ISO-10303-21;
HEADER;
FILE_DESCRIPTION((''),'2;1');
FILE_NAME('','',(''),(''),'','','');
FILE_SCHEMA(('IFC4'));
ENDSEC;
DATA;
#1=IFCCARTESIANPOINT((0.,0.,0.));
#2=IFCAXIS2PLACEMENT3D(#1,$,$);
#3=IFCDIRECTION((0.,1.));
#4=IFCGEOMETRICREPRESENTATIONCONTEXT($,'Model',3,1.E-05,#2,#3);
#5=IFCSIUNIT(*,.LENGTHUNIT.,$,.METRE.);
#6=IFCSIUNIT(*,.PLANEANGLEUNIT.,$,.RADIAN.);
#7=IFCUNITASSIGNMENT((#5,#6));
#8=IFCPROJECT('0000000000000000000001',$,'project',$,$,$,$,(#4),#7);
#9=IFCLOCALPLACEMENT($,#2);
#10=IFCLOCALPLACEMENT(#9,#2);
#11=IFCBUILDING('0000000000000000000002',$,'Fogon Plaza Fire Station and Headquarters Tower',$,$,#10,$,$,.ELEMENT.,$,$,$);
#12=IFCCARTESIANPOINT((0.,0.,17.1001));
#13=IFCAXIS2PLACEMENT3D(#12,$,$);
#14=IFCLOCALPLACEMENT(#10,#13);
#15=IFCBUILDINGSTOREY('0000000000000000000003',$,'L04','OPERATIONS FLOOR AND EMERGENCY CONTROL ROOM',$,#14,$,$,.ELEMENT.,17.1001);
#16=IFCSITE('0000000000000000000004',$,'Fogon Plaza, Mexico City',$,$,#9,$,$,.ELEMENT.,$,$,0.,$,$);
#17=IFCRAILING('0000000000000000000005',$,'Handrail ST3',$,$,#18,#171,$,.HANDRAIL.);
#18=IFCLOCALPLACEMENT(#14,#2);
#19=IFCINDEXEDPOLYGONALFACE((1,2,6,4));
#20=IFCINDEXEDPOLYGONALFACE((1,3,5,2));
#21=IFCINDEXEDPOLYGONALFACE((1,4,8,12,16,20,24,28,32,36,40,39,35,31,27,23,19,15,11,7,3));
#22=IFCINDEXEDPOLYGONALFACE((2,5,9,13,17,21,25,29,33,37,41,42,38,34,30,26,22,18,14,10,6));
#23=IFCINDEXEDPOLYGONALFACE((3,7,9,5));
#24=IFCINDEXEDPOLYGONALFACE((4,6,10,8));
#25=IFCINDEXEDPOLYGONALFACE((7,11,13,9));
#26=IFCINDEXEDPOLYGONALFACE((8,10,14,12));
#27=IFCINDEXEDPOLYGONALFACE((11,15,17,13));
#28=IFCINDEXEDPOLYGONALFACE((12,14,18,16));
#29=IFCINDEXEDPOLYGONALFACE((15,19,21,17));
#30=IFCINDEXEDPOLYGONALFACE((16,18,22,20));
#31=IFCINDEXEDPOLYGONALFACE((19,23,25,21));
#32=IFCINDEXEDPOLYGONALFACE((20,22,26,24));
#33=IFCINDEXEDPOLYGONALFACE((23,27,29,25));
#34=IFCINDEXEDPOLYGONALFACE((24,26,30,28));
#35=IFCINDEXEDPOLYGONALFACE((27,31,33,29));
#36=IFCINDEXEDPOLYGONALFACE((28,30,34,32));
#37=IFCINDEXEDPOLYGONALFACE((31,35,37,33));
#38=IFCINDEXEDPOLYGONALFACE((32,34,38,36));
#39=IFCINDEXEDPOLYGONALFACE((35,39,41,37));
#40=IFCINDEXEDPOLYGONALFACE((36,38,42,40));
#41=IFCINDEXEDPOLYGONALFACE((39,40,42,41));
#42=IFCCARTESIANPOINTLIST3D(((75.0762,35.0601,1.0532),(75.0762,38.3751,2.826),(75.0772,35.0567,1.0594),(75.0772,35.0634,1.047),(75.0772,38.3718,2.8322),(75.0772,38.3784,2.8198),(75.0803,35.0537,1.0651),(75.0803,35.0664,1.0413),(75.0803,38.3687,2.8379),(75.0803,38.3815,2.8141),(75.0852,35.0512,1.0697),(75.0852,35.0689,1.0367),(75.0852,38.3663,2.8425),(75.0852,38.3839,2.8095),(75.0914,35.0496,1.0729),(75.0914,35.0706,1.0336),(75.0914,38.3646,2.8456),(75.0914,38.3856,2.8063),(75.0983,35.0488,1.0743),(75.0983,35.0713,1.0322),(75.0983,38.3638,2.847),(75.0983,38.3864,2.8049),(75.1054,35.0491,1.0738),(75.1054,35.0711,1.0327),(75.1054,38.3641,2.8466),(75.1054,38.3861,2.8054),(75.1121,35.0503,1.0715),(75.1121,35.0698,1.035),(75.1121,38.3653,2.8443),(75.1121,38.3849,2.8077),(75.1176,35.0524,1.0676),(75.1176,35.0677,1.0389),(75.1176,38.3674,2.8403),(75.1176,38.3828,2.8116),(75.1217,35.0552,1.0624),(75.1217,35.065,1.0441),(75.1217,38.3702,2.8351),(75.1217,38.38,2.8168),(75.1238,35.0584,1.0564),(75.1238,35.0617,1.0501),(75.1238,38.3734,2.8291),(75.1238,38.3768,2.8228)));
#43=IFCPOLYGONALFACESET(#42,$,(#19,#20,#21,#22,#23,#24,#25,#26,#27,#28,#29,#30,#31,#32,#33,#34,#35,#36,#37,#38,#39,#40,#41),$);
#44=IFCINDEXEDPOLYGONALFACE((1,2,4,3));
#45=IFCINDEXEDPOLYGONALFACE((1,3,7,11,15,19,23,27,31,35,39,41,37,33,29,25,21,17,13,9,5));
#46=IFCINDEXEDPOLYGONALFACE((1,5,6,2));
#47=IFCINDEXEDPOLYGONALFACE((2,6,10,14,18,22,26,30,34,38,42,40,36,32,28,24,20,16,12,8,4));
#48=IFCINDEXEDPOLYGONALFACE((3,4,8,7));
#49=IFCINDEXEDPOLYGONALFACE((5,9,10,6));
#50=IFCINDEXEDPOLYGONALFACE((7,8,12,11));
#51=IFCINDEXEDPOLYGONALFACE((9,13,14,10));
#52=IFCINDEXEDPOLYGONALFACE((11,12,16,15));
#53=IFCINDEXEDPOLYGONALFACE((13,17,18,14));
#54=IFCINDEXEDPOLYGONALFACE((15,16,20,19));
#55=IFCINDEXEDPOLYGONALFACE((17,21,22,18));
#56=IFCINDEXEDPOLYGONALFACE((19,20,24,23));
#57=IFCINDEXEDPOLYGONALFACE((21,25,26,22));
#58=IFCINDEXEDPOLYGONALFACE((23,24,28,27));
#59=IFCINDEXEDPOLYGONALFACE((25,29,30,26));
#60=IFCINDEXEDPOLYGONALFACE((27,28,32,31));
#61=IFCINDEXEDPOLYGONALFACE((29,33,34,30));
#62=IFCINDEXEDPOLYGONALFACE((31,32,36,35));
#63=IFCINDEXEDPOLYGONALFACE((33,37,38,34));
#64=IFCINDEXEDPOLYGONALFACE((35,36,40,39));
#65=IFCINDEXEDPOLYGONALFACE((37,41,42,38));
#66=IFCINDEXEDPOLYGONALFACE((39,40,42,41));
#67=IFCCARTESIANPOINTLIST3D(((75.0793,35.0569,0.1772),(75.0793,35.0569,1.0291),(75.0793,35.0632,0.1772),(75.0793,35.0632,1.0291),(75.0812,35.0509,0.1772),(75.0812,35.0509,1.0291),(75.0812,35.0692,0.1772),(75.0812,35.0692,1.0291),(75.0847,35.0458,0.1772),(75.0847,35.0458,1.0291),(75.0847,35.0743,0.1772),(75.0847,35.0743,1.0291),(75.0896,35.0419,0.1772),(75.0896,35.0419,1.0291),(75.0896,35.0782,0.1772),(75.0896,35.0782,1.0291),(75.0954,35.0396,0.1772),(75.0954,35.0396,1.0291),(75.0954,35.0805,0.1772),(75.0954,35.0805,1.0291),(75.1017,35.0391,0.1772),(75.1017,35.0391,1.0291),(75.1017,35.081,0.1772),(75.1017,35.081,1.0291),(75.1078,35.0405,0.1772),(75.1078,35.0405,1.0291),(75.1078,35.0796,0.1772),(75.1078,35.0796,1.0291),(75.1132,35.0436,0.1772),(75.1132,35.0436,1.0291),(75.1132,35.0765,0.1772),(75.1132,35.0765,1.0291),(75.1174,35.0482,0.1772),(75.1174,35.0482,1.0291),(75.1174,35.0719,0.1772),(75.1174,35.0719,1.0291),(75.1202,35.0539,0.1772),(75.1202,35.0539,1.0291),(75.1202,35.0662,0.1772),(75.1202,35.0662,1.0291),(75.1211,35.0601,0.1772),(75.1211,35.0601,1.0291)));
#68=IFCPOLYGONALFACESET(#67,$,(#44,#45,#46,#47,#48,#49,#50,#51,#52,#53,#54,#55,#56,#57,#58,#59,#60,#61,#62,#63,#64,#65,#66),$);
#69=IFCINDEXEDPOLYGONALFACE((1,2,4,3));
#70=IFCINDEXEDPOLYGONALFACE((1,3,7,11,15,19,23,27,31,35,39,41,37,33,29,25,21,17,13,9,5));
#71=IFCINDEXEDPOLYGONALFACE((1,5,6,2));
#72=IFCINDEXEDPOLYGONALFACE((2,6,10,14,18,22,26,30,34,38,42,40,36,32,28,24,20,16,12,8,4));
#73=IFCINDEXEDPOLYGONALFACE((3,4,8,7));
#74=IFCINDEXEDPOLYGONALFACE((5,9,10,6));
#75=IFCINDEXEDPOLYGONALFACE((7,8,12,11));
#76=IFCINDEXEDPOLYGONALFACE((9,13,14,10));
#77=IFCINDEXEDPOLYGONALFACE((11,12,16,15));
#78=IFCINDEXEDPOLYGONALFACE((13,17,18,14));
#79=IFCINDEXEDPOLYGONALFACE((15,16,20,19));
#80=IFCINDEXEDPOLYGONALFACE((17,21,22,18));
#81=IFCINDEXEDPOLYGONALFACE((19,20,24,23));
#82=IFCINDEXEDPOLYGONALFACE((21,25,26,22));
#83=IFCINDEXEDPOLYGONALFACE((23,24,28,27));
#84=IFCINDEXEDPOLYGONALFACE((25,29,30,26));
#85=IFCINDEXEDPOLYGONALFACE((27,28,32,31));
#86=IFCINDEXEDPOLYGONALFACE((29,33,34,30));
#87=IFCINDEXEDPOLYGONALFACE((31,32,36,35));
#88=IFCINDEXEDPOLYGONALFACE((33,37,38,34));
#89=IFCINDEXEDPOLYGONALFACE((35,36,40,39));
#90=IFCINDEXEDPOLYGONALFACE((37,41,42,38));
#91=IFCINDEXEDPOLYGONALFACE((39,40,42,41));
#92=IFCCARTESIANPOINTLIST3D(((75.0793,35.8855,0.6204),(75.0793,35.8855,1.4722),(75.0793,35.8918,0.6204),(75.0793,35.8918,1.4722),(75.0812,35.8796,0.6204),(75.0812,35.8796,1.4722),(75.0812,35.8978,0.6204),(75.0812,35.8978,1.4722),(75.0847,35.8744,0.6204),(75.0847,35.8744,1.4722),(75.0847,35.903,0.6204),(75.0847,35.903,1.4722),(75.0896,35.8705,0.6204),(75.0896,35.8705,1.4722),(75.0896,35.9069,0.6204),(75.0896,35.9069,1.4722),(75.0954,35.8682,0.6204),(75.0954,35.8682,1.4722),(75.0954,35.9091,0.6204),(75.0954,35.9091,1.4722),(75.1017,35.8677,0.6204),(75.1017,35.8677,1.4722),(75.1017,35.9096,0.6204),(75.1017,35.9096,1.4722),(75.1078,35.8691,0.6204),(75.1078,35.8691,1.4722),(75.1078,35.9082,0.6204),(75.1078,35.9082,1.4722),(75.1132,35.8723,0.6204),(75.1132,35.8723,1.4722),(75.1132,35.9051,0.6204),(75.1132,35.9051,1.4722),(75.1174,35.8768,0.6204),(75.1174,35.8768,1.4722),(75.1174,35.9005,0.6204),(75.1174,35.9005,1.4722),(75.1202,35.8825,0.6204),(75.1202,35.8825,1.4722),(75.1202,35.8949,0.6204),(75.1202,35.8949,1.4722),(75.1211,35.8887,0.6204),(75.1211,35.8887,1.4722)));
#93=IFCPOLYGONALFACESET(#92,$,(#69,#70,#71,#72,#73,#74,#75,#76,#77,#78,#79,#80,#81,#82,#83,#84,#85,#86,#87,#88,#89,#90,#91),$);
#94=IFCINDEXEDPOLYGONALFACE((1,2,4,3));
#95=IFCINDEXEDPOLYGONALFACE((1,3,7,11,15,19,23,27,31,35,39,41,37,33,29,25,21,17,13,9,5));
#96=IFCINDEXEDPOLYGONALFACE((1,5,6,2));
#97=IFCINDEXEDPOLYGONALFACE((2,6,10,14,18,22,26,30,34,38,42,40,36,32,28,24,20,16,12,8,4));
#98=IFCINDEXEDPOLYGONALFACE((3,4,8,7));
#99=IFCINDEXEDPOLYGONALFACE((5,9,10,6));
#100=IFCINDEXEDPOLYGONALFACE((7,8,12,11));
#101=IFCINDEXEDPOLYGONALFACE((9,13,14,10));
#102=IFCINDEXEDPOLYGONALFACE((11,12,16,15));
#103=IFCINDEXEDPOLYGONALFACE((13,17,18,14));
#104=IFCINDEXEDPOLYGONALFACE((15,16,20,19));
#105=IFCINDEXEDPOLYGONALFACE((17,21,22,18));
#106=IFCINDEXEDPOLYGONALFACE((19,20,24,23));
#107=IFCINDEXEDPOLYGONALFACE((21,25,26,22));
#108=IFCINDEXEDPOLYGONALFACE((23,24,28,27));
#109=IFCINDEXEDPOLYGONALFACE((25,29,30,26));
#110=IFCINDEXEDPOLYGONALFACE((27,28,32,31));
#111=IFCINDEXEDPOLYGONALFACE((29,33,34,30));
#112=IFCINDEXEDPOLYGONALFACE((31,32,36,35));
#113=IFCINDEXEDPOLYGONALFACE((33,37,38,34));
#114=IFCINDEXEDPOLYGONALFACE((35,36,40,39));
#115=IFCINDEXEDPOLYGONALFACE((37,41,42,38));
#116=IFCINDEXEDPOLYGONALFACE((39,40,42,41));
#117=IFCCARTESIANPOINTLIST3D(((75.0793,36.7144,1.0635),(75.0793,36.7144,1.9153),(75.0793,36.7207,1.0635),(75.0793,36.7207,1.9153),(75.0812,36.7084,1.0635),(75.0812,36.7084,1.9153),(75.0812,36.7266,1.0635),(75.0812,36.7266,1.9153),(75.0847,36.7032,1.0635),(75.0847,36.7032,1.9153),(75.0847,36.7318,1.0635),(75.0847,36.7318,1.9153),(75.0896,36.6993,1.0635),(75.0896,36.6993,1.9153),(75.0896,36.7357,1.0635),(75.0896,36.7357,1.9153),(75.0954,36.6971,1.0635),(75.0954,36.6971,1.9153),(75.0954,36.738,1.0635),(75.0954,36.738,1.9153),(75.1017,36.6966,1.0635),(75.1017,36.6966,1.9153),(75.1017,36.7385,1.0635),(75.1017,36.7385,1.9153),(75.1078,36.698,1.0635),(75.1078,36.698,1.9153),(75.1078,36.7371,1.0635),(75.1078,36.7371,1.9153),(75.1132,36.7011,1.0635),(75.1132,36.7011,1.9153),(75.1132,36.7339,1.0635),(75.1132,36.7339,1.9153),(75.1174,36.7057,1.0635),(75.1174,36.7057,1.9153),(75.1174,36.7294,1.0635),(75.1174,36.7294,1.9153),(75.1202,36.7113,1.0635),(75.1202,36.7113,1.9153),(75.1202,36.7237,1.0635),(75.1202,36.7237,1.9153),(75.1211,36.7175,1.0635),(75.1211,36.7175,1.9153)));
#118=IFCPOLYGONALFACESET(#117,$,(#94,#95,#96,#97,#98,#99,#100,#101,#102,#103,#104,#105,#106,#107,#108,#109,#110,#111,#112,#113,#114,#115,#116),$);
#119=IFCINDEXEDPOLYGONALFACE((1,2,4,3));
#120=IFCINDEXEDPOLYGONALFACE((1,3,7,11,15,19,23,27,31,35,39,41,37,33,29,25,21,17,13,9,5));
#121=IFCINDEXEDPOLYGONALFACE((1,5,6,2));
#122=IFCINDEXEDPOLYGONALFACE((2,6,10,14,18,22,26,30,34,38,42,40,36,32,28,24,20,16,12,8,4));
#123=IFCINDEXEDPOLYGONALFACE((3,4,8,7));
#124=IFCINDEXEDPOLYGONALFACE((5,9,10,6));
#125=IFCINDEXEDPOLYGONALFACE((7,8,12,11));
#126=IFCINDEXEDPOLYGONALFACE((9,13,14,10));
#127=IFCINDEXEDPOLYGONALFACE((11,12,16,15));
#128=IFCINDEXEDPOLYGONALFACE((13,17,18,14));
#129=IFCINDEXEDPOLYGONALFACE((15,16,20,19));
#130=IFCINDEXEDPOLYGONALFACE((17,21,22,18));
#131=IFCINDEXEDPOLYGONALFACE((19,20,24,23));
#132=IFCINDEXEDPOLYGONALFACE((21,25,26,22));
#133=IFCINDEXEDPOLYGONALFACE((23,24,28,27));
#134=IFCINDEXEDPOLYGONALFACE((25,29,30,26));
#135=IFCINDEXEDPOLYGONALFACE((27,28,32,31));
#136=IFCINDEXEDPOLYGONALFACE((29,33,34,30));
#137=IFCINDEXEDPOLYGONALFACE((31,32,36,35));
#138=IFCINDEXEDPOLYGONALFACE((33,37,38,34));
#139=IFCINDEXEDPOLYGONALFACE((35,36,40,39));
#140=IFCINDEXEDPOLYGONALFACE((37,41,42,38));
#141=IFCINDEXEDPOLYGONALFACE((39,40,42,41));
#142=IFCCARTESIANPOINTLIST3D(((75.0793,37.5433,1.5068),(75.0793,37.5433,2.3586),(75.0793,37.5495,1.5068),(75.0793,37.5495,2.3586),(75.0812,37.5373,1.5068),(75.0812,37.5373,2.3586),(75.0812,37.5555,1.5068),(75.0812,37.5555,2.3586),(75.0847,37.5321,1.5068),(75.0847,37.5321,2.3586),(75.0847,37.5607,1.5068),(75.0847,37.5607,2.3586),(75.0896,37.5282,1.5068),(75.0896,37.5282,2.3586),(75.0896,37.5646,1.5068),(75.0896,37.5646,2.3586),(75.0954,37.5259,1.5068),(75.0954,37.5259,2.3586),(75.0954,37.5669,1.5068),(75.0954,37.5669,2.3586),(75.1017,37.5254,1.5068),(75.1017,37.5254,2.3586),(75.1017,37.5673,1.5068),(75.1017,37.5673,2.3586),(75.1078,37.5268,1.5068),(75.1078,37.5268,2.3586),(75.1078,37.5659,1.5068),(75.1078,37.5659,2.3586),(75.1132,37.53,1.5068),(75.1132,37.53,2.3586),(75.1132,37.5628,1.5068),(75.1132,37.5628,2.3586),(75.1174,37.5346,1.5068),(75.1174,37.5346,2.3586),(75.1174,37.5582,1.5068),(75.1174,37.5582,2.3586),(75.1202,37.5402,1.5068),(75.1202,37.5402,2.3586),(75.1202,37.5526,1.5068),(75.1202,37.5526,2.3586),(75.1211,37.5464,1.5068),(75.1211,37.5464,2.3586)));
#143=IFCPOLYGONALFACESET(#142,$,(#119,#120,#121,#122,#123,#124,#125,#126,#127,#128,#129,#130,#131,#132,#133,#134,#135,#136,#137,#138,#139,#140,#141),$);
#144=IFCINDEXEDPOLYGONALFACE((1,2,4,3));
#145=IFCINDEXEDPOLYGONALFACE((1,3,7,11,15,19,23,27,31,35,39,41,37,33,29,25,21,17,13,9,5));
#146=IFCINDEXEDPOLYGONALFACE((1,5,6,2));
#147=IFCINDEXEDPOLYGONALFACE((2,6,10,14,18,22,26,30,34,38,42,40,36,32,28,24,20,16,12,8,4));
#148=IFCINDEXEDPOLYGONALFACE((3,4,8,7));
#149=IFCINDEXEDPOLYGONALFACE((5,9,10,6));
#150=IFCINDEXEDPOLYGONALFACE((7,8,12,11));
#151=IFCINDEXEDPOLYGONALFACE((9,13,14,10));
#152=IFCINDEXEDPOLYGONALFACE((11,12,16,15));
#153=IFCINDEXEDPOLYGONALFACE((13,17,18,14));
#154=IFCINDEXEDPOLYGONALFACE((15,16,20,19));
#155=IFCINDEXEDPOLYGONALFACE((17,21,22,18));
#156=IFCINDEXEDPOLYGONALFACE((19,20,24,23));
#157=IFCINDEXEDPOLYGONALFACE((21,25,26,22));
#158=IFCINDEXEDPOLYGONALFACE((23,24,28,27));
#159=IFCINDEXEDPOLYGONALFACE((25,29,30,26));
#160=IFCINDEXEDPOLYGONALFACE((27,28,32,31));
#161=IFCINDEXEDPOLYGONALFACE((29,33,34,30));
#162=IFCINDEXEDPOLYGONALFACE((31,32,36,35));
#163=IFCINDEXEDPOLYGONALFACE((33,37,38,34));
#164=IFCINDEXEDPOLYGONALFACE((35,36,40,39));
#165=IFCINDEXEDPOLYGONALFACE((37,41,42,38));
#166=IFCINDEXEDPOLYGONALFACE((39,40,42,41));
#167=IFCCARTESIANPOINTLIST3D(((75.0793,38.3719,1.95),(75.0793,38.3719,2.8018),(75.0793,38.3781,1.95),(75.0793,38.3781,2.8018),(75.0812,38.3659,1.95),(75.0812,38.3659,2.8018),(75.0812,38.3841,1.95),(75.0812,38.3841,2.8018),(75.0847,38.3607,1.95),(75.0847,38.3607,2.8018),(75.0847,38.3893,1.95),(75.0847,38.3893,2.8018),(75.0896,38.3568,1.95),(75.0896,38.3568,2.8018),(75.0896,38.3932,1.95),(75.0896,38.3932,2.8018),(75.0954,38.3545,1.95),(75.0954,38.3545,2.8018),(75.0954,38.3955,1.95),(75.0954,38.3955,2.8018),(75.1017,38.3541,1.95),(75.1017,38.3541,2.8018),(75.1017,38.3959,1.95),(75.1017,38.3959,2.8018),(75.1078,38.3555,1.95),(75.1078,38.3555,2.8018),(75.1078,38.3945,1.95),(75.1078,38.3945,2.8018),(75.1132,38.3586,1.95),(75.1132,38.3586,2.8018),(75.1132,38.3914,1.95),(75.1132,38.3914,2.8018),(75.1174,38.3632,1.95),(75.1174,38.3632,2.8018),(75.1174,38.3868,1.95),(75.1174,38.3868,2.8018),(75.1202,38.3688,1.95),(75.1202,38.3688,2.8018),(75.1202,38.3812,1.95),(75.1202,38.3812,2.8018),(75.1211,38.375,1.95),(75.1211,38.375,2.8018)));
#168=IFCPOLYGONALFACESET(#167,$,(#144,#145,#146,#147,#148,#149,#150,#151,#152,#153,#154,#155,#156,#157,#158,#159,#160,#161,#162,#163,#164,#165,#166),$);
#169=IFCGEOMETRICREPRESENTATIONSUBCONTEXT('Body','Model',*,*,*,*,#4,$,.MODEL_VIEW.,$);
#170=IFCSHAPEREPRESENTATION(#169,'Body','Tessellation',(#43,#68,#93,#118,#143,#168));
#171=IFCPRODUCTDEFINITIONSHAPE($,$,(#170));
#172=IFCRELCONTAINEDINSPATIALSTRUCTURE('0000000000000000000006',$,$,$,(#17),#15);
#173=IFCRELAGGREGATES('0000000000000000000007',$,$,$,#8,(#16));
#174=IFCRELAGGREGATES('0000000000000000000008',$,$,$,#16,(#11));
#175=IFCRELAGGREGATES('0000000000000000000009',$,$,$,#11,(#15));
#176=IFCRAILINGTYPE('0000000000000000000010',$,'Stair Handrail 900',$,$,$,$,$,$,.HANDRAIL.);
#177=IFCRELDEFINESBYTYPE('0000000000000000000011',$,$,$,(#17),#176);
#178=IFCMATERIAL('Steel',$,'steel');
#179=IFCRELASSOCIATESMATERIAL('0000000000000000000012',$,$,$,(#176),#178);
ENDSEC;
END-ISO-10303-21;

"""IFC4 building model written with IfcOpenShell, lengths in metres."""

from ifc_helpers import new_model, si_unit, direction, frame, origin, origin_2d, place, context, subcontext, project, spatial, circle, extrude, material, type_object, element, save


model = new_model("IFC4")

# Units and contexts
model_context = context("Model", 3, precision=1e-05, world=origin(), true_north=direction((0.0, 1.0)))
body_context = subcontext(model_context, "Body", "Model", "MODEL_VIEW")
ifc_project = project(units=[si_unit("LENGTHUNIT", "METRE"), si_unit("PLANEANGLEUNIT", "RADIAN")], contexts=[model_context])

# Site, building, storey
site_placement = place(None, origin())
site = spatial("IfcSite", under=ifc_project, at=site_placement, Name="Fogon Plaza, Mexico City", CompositionType="ELEMENT", RefElevation=0.0)
building_placement = place(site_placement, origin())
building = spatial("IfcBuilding", under=site, at=building_placement, Name="Fogon Plaza Fire Station and Headquarters Tower", CompositionType="ELEMENT")
storey_placement = place(building_placement, frame((0.0, 0.0, 17.1001)))
storey = spatial("IfcBuildingStorey", under=building, at=storey_placement, Name="L04", Description="OPERATIONS FLOOR AND EMERGENCY CONTROL ROOM", CompositionType="ELEMENT", Elevation=17.1001)

# Railing
ifc_material_1 = material(Name="Steel", Category="steel")
railing_type = type_object("IfcRailingType", Name="Stair Handrail 900", PredefinedType="HANDRAIL", material=ifc_material_1)
for number, where, name in (
    (1, (75.1001, 35.0601, 0.1772), "Handrail ST3"),
):
    element("IfcRailing", number, at=place(storey_placement, frame(where)), inside=storey, type_object=railing_type, Name=name, PredefinedType="HANDRAIL", context=body_context, shape_type="SweptSolid", body=[
        extrude(circle(Radius=0.0239, at=origin_2d()), frame((0.0, 0.0, 0.876), z_axis=(0.0, 0.881829, 0.471569), x_axis=(-1.0, 0.0, 0.0)), (0.0, 0.0, 1.0), 3.7593),
        extrude(circle(Radius=0.021, at=origin_2d()), origin(), (0.0, 0.0, 1.0), 0.8518),
        extrude(circle(Radius=0.021, at=origin_2d()), frame((0.0, 0.8286, 0.4431)), (0.0, 0.0, 1.0), 0.8518),
        extrude(circle(Radius=0.021, at=origin_2d()), frame((0.0, 1.6575, 0.8862)), (0.0, 0.0, 1.0), 0.8518),
        extrude(circle(Radius=0.021, at=origin_2d()), frame((0.0, 2.4863, 1.3296)), (0.0, 0.0, 1.0), 0.8518),
        extrude(circle(Radius=0.021, at=origin_2d()), frame((0.0, 3.3149, 1.7727)), (0.0, 0.0, 1.0), 0.8518),
    ])

save(model, "model.ifc")
